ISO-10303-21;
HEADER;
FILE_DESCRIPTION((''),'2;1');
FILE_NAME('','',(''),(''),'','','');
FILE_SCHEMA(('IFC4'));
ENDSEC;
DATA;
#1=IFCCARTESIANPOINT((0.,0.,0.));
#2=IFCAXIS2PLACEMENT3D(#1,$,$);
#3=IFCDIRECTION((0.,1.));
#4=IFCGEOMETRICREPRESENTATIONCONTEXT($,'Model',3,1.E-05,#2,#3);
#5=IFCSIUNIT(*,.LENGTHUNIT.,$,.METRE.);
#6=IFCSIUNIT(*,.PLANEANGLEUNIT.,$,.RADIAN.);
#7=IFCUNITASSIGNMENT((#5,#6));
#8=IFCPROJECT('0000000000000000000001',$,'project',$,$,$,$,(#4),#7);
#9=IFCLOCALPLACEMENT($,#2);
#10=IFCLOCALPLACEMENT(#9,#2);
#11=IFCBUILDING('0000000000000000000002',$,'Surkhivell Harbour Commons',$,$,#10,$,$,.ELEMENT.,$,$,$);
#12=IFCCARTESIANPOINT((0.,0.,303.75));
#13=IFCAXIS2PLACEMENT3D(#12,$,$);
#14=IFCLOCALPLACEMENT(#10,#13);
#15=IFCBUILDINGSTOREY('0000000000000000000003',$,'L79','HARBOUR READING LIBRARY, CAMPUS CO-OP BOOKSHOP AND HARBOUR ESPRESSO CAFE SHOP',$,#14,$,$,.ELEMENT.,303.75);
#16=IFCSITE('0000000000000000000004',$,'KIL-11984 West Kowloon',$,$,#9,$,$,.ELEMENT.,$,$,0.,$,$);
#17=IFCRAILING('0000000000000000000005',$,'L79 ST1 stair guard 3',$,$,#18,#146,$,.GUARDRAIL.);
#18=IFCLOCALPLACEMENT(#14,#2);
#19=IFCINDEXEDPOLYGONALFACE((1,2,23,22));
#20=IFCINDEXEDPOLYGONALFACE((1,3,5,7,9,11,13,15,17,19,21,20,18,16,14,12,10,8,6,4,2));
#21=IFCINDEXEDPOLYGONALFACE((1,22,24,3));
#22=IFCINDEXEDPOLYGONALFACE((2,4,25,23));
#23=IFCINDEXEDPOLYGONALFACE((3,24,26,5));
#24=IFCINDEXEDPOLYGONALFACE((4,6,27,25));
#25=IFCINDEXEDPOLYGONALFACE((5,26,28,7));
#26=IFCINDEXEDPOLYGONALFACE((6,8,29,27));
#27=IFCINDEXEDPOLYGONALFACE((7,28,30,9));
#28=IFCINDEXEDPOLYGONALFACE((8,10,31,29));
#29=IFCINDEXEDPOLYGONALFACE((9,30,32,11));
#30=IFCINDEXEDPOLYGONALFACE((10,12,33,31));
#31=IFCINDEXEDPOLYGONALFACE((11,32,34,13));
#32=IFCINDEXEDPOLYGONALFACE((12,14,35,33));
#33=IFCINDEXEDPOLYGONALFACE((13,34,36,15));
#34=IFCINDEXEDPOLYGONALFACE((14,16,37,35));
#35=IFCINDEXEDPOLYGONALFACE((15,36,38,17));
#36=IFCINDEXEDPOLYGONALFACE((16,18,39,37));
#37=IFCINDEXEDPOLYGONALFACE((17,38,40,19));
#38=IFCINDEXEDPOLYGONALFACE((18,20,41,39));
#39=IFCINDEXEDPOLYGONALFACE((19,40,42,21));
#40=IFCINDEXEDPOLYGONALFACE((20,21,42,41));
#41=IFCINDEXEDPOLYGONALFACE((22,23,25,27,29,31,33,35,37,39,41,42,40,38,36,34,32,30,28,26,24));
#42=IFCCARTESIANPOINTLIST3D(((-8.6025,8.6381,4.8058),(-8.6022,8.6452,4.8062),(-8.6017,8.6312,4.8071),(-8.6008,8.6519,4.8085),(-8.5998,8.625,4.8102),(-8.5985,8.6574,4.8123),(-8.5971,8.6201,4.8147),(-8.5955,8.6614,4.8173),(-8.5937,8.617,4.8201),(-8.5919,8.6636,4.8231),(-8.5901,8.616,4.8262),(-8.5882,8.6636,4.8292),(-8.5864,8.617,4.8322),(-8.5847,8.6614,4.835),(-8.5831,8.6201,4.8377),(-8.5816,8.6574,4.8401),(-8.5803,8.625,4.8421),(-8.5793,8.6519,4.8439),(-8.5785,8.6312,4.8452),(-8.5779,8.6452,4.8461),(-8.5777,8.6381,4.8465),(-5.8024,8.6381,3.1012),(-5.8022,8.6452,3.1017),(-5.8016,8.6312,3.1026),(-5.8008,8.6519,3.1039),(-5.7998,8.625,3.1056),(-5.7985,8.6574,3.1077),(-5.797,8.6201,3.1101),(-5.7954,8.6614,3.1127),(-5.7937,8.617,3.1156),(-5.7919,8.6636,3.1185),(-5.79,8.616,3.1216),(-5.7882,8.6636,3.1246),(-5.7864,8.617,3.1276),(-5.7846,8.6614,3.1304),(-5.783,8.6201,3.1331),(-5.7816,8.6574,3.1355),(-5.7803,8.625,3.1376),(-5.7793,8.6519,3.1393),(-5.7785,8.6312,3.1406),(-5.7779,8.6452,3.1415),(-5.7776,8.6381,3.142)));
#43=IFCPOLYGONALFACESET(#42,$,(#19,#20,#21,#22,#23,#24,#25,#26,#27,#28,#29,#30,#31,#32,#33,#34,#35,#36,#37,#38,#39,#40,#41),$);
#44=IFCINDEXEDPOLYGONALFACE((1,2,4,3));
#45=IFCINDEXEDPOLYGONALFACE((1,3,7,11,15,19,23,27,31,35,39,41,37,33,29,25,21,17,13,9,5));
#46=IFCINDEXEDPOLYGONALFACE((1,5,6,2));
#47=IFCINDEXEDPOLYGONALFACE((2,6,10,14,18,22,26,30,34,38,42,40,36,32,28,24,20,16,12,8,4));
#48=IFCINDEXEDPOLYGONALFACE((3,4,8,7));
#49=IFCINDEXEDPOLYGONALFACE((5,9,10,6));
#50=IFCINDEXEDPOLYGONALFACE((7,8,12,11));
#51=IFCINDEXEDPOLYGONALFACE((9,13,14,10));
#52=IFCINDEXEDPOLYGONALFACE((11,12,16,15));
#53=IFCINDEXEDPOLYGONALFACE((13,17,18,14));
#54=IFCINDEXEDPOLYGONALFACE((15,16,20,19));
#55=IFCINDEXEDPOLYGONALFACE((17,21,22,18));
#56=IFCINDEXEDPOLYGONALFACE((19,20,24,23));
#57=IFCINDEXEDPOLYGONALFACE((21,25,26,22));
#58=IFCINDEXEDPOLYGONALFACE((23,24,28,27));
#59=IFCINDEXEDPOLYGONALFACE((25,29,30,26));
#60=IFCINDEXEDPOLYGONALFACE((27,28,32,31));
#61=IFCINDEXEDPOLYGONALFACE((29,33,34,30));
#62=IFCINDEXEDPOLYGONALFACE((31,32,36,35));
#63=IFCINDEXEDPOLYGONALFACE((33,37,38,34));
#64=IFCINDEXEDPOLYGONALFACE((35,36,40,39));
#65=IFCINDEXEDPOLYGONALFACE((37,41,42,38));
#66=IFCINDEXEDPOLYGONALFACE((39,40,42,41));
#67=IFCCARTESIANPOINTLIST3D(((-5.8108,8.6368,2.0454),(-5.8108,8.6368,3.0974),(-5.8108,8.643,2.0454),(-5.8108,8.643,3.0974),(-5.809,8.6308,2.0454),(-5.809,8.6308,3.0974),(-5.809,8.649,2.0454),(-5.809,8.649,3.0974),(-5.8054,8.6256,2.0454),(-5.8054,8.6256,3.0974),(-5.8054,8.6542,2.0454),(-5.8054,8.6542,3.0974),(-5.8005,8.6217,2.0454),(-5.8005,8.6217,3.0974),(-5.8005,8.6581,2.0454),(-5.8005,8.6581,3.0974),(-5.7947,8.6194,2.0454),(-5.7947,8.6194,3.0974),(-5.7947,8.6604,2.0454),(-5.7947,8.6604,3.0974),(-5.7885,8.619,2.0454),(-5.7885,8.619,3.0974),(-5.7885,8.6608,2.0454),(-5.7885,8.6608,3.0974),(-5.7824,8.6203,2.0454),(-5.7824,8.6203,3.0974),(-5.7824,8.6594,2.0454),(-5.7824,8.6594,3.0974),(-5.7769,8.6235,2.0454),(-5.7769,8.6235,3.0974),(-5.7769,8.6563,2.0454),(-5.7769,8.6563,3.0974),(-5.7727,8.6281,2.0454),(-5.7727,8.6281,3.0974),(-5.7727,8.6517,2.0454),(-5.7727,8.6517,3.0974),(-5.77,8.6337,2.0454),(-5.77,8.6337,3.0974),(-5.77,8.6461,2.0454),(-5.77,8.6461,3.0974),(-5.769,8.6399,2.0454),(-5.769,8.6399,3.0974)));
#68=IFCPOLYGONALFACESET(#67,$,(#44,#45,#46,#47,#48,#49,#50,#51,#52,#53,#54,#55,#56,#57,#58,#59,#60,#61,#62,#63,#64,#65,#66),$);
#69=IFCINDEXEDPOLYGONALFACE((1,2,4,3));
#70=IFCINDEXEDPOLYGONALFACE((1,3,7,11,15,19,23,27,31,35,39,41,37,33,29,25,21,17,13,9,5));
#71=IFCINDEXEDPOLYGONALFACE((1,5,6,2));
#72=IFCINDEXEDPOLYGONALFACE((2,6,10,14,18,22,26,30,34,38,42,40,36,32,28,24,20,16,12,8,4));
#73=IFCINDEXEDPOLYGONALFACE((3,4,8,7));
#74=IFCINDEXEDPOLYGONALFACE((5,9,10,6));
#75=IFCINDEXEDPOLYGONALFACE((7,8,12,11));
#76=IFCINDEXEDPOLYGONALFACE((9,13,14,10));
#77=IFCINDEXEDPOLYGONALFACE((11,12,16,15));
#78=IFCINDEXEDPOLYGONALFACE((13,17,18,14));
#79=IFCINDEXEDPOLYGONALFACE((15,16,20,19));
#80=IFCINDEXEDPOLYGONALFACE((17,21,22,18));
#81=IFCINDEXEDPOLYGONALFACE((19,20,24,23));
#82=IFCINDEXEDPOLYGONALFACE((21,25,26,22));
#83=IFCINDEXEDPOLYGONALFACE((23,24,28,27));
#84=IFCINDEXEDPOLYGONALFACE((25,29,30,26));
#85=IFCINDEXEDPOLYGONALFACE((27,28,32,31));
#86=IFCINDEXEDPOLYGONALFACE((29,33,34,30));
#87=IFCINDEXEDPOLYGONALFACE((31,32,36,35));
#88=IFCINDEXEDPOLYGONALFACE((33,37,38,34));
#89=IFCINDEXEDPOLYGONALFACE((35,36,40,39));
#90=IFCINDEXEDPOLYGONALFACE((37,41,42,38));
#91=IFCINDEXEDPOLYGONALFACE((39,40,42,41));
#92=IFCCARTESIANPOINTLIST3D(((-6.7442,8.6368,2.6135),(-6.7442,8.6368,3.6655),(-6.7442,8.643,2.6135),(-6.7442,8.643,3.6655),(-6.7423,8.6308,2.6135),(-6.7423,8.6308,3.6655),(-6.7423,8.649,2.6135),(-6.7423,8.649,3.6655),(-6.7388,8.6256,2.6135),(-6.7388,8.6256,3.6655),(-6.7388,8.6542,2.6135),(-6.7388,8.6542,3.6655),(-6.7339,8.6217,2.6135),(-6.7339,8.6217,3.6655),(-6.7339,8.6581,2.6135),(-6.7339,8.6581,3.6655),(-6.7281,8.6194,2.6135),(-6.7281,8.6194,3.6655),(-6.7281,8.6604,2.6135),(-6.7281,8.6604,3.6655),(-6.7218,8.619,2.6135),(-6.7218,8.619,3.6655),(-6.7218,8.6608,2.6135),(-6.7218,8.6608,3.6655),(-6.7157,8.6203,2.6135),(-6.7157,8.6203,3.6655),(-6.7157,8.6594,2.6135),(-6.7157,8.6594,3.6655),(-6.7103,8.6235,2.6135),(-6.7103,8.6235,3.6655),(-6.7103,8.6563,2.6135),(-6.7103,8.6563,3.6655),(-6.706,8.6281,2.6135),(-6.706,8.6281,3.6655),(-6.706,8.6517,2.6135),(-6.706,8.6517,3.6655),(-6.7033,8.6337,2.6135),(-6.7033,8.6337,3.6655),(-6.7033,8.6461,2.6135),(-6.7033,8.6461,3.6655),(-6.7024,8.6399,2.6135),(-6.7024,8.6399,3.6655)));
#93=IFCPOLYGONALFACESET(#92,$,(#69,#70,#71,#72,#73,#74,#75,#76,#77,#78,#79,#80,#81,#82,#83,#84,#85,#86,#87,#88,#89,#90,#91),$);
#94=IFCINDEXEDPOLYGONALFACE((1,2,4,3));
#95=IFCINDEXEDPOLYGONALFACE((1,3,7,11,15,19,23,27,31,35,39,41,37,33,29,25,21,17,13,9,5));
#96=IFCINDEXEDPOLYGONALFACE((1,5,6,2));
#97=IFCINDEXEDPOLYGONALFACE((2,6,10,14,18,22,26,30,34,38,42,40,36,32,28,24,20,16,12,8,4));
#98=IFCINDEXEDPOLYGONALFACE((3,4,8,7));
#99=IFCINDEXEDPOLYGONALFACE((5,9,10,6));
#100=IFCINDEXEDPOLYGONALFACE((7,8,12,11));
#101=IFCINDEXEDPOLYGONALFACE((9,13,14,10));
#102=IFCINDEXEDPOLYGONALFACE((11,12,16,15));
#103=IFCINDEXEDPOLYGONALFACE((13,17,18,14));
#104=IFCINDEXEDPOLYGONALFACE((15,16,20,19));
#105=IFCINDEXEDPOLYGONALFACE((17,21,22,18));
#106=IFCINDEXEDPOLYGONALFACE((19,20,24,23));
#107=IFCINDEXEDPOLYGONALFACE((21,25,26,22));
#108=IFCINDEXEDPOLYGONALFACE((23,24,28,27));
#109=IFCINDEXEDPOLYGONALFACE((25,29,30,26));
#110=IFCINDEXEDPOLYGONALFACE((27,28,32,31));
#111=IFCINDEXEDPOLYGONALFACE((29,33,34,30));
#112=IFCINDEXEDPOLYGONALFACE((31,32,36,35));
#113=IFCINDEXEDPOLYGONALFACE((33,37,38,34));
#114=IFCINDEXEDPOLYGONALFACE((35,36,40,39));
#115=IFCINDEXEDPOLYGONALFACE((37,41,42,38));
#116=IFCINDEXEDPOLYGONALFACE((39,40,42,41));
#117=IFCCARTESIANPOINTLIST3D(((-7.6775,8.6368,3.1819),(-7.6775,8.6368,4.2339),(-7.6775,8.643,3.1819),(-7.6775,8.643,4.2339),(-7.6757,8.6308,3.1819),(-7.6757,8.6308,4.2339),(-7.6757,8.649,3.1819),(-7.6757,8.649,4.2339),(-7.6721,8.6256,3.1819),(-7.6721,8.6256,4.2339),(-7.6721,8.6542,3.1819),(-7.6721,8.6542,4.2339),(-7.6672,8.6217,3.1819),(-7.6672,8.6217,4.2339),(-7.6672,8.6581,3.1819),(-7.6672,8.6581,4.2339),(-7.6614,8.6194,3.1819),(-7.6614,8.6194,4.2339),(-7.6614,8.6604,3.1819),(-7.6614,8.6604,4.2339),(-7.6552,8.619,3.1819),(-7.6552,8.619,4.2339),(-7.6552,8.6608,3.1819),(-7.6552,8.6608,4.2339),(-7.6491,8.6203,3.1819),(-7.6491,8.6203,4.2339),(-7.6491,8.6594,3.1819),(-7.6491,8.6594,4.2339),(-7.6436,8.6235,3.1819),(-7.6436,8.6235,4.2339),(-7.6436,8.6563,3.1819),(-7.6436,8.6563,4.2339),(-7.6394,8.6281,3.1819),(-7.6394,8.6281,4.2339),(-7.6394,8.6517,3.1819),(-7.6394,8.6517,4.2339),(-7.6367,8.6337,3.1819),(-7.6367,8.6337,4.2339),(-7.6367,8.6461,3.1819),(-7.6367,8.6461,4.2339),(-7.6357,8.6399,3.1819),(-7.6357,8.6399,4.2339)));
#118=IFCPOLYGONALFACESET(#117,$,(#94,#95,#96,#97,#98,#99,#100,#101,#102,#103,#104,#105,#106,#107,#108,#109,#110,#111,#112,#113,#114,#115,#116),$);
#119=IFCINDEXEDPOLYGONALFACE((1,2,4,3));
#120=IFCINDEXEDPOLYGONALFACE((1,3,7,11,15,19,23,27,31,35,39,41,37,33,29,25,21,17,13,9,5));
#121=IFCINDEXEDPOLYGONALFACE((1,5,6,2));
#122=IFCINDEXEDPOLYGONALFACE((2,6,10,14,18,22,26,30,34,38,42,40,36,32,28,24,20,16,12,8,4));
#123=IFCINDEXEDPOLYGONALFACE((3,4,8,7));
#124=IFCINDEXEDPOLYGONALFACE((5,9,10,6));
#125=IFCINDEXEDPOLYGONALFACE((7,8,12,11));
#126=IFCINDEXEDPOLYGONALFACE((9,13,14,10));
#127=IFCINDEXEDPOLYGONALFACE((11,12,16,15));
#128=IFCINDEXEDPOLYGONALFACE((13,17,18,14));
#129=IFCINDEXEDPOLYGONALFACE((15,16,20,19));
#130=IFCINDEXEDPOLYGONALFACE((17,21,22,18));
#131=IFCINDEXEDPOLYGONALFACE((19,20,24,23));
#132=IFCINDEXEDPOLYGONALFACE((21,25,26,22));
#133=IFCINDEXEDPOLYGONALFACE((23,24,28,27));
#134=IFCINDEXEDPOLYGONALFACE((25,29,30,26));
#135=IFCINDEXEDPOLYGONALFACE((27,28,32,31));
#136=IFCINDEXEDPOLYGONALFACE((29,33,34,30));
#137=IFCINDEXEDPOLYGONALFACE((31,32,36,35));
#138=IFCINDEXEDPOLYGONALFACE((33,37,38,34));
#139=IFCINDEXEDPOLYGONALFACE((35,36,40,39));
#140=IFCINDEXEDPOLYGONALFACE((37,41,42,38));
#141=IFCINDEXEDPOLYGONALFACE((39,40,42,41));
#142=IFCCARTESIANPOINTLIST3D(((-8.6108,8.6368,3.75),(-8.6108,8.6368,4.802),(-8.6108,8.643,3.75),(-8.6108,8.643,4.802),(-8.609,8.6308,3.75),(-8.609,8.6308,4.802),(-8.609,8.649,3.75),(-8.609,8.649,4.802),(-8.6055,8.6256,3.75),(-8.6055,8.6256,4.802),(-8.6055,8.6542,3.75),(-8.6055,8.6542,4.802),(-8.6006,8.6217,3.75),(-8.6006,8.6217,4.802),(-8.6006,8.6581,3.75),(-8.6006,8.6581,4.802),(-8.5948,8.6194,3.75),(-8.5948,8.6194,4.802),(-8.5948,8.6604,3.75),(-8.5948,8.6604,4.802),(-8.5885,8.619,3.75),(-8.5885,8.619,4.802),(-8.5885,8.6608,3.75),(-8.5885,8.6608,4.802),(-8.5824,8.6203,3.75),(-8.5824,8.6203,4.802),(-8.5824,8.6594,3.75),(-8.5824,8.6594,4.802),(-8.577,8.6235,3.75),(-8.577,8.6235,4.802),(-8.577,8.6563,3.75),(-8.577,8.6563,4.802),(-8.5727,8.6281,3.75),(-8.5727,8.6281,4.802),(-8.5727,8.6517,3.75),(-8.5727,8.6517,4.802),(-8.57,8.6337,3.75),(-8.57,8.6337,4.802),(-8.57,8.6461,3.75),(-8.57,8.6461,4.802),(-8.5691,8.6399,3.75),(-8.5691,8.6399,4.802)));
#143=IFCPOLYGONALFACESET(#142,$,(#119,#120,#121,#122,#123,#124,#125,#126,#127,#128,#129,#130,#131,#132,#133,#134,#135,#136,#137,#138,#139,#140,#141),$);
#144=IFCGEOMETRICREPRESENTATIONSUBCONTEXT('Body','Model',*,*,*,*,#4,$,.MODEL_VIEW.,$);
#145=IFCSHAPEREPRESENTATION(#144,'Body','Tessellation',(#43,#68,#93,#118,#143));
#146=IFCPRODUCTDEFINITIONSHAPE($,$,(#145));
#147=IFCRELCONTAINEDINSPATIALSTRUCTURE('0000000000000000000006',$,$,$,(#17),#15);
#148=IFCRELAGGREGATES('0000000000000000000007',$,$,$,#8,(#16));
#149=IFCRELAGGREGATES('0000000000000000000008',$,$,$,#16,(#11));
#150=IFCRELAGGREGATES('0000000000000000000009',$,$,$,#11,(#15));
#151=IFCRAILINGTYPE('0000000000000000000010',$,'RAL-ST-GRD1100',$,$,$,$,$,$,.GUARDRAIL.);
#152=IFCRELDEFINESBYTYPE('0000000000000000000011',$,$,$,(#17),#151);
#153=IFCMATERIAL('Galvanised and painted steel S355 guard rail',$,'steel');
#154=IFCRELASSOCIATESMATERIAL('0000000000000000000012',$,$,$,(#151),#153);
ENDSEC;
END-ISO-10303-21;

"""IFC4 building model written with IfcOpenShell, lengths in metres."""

from ifc_helpers import new_model, si_unit, direction, frame, origin, origin_2d, place, context, subcontext, project, spatial, circle, extrude, material, type_object, element, save


model = new_model("IFC4")

# Units and contexts
model_context = context("Model", 3, precision=1e-05, world=origin(), true_north=direction((0.0, 1.0)))
body_context = subcontext(model_context, "Body", "Model", "MODEL_VIEW")
ifc_project = project(units=[si_unit("LENGTHUNIT", "METRE"), si_unit("PLANEANGLEUNIT", "RADIAN")], contexts=[model_context])

# Site, building, storey
site_placement = place(None, origin())
site = spatial("IfcSite", under=ifc_project, at=site_placement, Name="KIL-11984 West Kowloon", CompositionType="ELEMENT", RefElevation=0.0)
building_placement = place(site_placement, origin())
building = spatial("IfcBuilding", under=site, at=building_placement, Name="Surkhivell Harbour Commons", CompositionType="ELEMENT")
storey_placement = place(building_placement, frame((0.0, 0.0, 303.75)))
storey = spatial("IfcBuildingStorey", under=building, at=storey_placement, Name="L79", Description="HARBOUR READING LIBRARY, CAMPUS CO-OP BOOKSHOP AND HARBOUR ESPRESSO CAFE SHOP", CompositionType="ELEMENT", Elevation=303.75)

# Railing
ifc_material_1 = material(Name="Galvanised and painted steel S355 guard rail", Category="steel")
railing_type_1 = type_object("IfcRailingType", Name="RAL-ST-GRD1100", PredefinedType="GUARDRAIL", material=ifc_material_1)
railing_1_placement = place(storey_placement, frame((-5.79, 8.6399, 2.0454)))
element("IfcRailing", 1, at=railing_1_placement, inside=storey, type_object=railing_type_1, Name="L79 ST1 stair guard 3", PredefinedType="GUARDRAIL", context=body_context, shape_type="SweptSolid", body=[
    extrude(circle(Radius=0.0239, at=origin_2d()), frame((0.0, 0.0, 1.0762), z_axis=(-0.85417, 0.0, 0.519994), x_axis=(0.0, -1.0, 0.0)), (0.0, 0.0, 1.0), 3.2781),
    extrude(circle(Radius=0.021, at=origin_2d()), origin(), (0.0, 0.0, 1.0), 1.052),
    extrude(circle(Radius=0.021, at=origin_2d()), frame((-0.9333, 0.0, 0.5681)), (0.0, 0.0, 1.0), 1.052),
    extrude(circle(Radius=0.021, at=origin_2d()), frame((-1.8667, 0.0, 1.1365)), (0.0, 0.0, 1.0), 1.052),
    extrude(circle(Radius=0.021, at=origin_2d()), frame((-2.8, 0.0, 1.7046)), (0.0, 0.0, 1.0), 1.052),
])

save(model, "model.ifc")
